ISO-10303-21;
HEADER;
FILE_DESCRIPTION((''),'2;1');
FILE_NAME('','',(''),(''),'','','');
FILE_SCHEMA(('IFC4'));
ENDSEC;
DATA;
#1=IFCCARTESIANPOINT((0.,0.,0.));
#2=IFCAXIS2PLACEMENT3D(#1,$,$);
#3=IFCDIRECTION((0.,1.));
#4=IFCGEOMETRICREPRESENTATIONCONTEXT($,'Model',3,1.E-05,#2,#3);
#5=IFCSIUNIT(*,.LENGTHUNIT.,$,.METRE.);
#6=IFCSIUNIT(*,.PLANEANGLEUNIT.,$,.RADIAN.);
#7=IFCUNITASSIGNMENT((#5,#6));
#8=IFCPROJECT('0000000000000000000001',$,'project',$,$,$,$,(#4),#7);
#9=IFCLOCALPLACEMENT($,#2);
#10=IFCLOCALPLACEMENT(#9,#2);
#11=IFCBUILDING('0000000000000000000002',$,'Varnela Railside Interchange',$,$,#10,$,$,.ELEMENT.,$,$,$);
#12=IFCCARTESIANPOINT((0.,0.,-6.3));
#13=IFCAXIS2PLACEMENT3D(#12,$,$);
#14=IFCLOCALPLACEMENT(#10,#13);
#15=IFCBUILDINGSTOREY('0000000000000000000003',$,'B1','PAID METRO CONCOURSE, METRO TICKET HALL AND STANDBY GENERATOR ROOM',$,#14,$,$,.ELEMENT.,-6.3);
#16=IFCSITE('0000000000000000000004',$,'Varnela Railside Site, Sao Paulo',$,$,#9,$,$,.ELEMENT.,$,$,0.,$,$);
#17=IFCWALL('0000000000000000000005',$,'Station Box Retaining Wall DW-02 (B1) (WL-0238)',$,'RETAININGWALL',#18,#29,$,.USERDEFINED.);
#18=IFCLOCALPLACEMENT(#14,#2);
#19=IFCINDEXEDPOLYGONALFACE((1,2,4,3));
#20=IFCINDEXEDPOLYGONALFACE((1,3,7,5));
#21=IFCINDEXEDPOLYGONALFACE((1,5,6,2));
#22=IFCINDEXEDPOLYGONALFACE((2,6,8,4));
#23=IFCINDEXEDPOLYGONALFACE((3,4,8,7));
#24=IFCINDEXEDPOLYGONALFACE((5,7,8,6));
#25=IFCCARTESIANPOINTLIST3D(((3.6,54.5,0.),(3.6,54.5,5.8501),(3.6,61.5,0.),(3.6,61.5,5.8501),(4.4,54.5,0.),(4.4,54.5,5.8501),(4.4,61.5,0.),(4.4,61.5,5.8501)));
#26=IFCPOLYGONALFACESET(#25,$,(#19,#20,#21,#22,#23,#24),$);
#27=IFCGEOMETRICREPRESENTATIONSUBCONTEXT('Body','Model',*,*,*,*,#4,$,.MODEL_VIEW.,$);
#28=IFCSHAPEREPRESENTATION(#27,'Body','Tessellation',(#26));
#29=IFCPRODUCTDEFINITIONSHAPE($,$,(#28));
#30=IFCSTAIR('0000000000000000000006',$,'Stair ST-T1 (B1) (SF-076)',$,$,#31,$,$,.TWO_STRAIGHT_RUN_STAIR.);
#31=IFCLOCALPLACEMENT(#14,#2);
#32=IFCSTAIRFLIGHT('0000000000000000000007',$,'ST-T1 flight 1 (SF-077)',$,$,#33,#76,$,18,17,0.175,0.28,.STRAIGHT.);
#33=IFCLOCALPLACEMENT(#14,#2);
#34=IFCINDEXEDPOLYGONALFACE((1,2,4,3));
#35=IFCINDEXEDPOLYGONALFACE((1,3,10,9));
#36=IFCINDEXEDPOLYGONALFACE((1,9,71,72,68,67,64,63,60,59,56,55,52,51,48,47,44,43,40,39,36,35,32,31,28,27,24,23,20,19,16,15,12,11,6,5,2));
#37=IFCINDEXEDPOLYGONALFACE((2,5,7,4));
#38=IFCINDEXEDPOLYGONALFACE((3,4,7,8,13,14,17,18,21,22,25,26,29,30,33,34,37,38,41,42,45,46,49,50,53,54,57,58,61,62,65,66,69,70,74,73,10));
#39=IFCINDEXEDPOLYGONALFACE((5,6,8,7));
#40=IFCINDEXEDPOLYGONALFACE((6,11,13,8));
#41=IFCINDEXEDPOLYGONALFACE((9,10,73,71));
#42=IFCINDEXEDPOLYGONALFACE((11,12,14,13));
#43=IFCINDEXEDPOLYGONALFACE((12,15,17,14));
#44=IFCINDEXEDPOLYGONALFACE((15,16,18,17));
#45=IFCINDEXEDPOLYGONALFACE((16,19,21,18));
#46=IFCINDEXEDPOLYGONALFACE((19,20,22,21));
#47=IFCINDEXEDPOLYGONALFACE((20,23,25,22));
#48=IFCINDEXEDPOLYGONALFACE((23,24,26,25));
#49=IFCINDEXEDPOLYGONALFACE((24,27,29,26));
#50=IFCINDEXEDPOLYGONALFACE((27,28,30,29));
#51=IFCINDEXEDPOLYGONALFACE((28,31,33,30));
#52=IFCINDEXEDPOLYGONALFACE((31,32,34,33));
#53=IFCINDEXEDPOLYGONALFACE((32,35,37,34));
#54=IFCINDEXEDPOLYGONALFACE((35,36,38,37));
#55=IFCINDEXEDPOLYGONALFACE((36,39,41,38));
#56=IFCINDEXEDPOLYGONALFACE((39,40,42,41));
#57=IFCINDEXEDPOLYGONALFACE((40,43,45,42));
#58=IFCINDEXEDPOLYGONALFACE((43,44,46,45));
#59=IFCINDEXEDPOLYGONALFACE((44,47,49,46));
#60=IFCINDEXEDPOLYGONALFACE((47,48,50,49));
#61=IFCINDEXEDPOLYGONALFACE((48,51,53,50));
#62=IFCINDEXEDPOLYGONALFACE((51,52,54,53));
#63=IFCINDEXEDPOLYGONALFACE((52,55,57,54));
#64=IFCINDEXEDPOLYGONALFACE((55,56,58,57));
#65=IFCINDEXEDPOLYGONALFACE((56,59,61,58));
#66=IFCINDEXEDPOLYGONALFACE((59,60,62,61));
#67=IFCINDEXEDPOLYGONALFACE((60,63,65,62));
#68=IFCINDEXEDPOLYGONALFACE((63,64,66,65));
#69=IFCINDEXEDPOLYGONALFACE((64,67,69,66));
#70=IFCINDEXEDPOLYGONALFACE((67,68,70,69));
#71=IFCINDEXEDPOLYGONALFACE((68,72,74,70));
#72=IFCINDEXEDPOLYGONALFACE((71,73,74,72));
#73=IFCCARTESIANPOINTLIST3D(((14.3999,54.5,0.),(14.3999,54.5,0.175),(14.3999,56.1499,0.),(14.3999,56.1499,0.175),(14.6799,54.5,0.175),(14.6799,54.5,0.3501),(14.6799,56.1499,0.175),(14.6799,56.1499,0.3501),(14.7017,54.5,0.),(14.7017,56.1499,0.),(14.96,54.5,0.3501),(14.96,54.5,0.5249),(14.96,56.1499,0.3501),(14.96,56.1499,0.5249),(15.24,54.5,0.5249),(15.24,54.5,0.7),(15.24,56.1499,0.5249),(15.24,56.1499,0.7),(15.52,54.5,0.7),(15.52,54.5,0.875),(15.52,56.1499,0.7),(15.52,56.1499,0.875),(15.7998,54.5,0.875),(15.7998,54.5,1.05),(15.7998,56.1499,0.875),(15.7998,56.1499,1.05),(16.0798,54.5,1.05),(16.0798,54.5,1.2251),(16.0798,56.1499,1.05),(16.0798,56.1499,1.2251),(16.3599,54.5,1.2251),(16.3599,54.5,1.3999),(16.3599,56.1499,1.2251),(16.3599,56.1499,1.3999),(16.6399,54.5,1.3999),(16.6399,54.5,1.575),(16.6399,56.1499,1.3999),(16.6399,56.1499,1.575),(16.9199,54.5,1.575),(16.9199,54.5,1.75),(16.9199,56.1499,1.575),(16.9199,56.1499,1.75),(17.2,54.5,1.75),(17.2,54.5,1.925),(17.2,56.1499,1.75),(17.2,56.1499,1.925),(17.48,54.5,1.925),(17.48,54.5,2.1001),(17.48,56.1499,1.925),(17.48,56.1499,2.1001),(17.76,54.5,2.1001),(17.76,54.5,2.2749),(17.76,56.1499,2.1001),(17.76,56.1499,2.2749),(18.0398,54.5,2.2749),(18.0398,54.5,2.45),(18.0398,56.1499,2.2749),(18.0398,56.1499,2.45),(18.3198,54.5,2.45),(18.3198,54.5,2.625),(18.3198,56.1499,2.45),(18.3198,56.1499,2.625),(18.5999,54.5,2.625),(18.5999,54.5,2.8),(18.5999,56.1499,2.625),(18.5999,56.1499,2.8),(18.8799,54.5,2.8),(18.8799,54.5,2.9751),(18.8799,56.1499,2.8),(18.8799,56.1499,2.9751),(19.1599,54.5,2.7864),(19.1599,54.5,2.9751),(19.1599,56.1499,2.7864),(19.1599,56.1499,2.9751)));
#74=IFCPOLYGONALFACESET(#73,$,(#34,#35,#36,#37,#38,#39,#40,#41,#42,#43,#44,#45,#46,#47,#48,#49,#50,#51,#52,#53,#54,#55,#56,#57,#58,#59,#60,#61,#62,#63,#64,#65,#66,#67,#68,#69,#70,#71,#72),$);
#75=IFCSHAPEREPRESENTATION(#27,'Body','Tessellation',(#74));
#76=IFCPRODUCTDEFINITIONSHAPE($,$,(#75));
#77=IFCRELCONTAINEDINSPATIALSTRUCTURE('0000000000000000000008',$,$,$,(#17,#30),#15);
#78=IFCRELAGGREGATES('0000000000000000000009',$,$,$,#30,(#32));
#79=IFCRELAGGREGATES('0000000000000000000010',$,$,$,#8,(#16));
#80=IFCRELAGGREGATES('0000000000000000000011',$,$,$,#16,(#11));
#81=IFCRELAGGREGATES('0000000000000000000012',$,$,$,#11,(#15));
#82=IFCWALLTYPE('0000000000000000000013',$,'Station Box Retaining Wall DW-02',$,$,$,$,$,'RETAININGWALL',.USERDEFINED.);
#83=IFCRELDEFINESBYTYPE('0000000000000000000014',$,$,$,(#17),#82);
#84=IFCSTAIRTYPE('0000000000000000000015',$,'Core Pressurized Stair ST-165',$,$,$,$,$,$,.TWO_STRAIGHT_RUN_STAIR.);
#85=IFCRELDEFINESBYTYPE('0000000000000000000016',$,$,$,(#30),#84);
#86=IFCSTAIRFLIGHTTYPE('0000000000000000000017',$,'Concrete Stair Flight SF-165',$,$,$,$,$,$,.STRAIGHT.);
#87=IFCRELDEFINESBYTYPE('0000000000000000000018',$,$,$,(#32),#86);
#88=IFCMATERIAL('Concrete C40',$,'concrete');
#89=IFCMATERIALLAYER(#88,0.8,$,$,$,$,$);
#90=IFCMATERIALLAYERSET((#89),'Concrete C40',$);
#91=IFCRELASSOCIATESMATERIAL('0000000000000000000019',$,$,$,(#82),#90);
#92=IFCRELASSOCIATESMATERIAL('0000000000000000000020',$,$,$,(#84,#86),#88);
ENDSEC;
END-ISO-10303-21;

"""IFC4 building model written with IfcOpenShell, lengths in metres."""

from ifc_helpers import new_model, si_unit, direction, frame, frame_2d, origin, place, context, subcontext, project, spatial, polyline, rectangle, outline, extrude, material, layer, layer_set, type_object, element, aggregate, save


model = new_model("IFC4")

# Units and contexts
model_context = context("Model", 3, precision=1e-05, world=origin(), true_north=direction((0.0, 1.0)))
body_context = subcontext(model_context, "Body", "Model", "MODEL_VIEW")
ifc_project = project(units=[si_unit("LENGTHUNIT", "METRE"), si_unit("PLANEANGLEUNIT", "RADIAN")], contexts=[model_context])

# Site, building, storey
site_placement = place(None, origin())
site = spatial("IfcSite", under=ifc_project, at=site_placement, Name="Varnela Railside Site, Sao Paulo", CompositionType="ELEMENT", RefElevation=0.0)
building_placement = place(site_placement, origin())
building = spatial("IfcBuilding", under=site, at=building_placement, Name="Varnela Railside Interchange", CompositionType="ELEMENT")
storey_placement = place(building_placement, frame((0.0, 0.0, -6.3)))
storey = spatial("IfcBuildingStorey", under=building, at=storey_placement, Name="B1", Description="PAID METRO CONCOURSE, METRO TICKET HALL AND STANDBY GENERATOR ROOM", CompositionType="ELEMENT", Elevation=-6.3)

# Shared definitions
ifc_material_1 = material(Name="Concrete C40", Category="concrete")

# Wall
ifc_layer_1 = layer(ifc_material_1, 0.8)
ifc_layer_set_1 = layer_set([ifc_layer_1], Name="Concrete C40")
wall_type_1 = type_object("IfcWallType", Name="Station Box Retaining Wall DW-02", ElementType="RETAININGWALL", PredefinedType="USERDEFINED", material=ifc_layer_set_1)
for number, where, z_axis, x_axis, name in (
    (1, (4.0, 61.5, 0.0), (0.0, 0.0, 1.0), (0.0, -1.0, 0.0), "Station Box Retaining Wall DW-02 (B1) (WL-0238)"),
):
    element("IfcWall", number, at=place(storey_placement, frame(where, z_axis=z_axis, x_axis=x_axis)), inside=storey, type_object=wall_type_1, Name=name, ObjectType="RETAININGWALL", PredefinedType="USERDEFINED", context=body_context, shape_type="SweptSolid", body=[
        extrude(rectangle(XDim=7.0, YDim=0.8, at=frame_2d((3.5, 0.0))), origin(), (0.0, 0.0, 1.0), 5.8501),
    ])

# Stair, stair flight
stair_type = type_object("IfcStairType", Name="Core Pressurized Stair ST-165", PredefinedType="TWO_STRAIGHT_RUN_STAIR", material=ifc_material_1)
stair_placement = place(storey_placement, origin())
stair = element("IfcStair", 2, at=stair_placement, inside=storey, type_object=stair_type, Name="Stair ST-T1 (B1) (SF-076)", PredefinedType="TWO_STRAIGHT_RUN_STAIR")
stair_flight_type = type_object("IfcStairFlightType", Name="Concrete Stair Flight SF-165", PredefinedType="STRAIGHT", material=ifc_material_1)
stair_flight_placement = place(storey_placement, frame((14.3999, 55.325, 0.0), z_axis=(0.0, 0.0, 1.0), x_axis=(1.0, 0.0, 0.0)))
stair_flight = element("IfcStairFlight", 3, at=stair_flight_placement, type_object=stair_flight_type, Name="ST-T1 flight 1 (SF-077)", NumberOfRisers=18, NumberOfTreads=17, PredefinedType="STRAIGHT", RiserHeight=0.175, TreadLength=0.28, context=body_context, shape_type="SweptSolid", body=[
    extrude(outline(polyline([(0.0, 0.0), (0.0, 0.175), (0.28, 0.175), (0.28, 0.3501), (0.5601, 0.3501), (0.5601, 0.5249), (0.8401, 0.5249), (0.8401, 0.7), (1.1201, 0.7), (1.1201, 0.875), (1.3999, 0.875), (1.3999, 1.05), (1.6799, 1.05), (1.6799, 1.2251), (1.96, 1.2251), (1.96, 1.3999), (2.24, 1.3999), (2.24, 1.575), (2.52, 1.575), (2.52, 1.75), (2.8, 1.75), (2.8, 1.925), (3.0801, 1.925), (3.0801, 2.1001), (3.3601, 2.1001), (3.3601, 2.2749), (3.6399, 2.2749), (3.6399, 2.45), (3.9199, 2.45), (3.9199, 2.625), (4.2, 2.625), (4.2, 2.8), (4.48, 2.8), (4.48, 2.9751), (4.76, 2.9751), (4.76, 3.1499), (4.76, 2.7864), (0.3018, 0.0), (0.0, 0.0)])), frame((0.0, 0.825, 0.0), z_axis=(0.0, -1.0, 0.0), x_axis=(1.0, 0.0, 0.0)), (0.0, 0.0, 1.0), 1.6499),
])
aggregate(stair, [stair_flight])

save(model, "model.ifc")
